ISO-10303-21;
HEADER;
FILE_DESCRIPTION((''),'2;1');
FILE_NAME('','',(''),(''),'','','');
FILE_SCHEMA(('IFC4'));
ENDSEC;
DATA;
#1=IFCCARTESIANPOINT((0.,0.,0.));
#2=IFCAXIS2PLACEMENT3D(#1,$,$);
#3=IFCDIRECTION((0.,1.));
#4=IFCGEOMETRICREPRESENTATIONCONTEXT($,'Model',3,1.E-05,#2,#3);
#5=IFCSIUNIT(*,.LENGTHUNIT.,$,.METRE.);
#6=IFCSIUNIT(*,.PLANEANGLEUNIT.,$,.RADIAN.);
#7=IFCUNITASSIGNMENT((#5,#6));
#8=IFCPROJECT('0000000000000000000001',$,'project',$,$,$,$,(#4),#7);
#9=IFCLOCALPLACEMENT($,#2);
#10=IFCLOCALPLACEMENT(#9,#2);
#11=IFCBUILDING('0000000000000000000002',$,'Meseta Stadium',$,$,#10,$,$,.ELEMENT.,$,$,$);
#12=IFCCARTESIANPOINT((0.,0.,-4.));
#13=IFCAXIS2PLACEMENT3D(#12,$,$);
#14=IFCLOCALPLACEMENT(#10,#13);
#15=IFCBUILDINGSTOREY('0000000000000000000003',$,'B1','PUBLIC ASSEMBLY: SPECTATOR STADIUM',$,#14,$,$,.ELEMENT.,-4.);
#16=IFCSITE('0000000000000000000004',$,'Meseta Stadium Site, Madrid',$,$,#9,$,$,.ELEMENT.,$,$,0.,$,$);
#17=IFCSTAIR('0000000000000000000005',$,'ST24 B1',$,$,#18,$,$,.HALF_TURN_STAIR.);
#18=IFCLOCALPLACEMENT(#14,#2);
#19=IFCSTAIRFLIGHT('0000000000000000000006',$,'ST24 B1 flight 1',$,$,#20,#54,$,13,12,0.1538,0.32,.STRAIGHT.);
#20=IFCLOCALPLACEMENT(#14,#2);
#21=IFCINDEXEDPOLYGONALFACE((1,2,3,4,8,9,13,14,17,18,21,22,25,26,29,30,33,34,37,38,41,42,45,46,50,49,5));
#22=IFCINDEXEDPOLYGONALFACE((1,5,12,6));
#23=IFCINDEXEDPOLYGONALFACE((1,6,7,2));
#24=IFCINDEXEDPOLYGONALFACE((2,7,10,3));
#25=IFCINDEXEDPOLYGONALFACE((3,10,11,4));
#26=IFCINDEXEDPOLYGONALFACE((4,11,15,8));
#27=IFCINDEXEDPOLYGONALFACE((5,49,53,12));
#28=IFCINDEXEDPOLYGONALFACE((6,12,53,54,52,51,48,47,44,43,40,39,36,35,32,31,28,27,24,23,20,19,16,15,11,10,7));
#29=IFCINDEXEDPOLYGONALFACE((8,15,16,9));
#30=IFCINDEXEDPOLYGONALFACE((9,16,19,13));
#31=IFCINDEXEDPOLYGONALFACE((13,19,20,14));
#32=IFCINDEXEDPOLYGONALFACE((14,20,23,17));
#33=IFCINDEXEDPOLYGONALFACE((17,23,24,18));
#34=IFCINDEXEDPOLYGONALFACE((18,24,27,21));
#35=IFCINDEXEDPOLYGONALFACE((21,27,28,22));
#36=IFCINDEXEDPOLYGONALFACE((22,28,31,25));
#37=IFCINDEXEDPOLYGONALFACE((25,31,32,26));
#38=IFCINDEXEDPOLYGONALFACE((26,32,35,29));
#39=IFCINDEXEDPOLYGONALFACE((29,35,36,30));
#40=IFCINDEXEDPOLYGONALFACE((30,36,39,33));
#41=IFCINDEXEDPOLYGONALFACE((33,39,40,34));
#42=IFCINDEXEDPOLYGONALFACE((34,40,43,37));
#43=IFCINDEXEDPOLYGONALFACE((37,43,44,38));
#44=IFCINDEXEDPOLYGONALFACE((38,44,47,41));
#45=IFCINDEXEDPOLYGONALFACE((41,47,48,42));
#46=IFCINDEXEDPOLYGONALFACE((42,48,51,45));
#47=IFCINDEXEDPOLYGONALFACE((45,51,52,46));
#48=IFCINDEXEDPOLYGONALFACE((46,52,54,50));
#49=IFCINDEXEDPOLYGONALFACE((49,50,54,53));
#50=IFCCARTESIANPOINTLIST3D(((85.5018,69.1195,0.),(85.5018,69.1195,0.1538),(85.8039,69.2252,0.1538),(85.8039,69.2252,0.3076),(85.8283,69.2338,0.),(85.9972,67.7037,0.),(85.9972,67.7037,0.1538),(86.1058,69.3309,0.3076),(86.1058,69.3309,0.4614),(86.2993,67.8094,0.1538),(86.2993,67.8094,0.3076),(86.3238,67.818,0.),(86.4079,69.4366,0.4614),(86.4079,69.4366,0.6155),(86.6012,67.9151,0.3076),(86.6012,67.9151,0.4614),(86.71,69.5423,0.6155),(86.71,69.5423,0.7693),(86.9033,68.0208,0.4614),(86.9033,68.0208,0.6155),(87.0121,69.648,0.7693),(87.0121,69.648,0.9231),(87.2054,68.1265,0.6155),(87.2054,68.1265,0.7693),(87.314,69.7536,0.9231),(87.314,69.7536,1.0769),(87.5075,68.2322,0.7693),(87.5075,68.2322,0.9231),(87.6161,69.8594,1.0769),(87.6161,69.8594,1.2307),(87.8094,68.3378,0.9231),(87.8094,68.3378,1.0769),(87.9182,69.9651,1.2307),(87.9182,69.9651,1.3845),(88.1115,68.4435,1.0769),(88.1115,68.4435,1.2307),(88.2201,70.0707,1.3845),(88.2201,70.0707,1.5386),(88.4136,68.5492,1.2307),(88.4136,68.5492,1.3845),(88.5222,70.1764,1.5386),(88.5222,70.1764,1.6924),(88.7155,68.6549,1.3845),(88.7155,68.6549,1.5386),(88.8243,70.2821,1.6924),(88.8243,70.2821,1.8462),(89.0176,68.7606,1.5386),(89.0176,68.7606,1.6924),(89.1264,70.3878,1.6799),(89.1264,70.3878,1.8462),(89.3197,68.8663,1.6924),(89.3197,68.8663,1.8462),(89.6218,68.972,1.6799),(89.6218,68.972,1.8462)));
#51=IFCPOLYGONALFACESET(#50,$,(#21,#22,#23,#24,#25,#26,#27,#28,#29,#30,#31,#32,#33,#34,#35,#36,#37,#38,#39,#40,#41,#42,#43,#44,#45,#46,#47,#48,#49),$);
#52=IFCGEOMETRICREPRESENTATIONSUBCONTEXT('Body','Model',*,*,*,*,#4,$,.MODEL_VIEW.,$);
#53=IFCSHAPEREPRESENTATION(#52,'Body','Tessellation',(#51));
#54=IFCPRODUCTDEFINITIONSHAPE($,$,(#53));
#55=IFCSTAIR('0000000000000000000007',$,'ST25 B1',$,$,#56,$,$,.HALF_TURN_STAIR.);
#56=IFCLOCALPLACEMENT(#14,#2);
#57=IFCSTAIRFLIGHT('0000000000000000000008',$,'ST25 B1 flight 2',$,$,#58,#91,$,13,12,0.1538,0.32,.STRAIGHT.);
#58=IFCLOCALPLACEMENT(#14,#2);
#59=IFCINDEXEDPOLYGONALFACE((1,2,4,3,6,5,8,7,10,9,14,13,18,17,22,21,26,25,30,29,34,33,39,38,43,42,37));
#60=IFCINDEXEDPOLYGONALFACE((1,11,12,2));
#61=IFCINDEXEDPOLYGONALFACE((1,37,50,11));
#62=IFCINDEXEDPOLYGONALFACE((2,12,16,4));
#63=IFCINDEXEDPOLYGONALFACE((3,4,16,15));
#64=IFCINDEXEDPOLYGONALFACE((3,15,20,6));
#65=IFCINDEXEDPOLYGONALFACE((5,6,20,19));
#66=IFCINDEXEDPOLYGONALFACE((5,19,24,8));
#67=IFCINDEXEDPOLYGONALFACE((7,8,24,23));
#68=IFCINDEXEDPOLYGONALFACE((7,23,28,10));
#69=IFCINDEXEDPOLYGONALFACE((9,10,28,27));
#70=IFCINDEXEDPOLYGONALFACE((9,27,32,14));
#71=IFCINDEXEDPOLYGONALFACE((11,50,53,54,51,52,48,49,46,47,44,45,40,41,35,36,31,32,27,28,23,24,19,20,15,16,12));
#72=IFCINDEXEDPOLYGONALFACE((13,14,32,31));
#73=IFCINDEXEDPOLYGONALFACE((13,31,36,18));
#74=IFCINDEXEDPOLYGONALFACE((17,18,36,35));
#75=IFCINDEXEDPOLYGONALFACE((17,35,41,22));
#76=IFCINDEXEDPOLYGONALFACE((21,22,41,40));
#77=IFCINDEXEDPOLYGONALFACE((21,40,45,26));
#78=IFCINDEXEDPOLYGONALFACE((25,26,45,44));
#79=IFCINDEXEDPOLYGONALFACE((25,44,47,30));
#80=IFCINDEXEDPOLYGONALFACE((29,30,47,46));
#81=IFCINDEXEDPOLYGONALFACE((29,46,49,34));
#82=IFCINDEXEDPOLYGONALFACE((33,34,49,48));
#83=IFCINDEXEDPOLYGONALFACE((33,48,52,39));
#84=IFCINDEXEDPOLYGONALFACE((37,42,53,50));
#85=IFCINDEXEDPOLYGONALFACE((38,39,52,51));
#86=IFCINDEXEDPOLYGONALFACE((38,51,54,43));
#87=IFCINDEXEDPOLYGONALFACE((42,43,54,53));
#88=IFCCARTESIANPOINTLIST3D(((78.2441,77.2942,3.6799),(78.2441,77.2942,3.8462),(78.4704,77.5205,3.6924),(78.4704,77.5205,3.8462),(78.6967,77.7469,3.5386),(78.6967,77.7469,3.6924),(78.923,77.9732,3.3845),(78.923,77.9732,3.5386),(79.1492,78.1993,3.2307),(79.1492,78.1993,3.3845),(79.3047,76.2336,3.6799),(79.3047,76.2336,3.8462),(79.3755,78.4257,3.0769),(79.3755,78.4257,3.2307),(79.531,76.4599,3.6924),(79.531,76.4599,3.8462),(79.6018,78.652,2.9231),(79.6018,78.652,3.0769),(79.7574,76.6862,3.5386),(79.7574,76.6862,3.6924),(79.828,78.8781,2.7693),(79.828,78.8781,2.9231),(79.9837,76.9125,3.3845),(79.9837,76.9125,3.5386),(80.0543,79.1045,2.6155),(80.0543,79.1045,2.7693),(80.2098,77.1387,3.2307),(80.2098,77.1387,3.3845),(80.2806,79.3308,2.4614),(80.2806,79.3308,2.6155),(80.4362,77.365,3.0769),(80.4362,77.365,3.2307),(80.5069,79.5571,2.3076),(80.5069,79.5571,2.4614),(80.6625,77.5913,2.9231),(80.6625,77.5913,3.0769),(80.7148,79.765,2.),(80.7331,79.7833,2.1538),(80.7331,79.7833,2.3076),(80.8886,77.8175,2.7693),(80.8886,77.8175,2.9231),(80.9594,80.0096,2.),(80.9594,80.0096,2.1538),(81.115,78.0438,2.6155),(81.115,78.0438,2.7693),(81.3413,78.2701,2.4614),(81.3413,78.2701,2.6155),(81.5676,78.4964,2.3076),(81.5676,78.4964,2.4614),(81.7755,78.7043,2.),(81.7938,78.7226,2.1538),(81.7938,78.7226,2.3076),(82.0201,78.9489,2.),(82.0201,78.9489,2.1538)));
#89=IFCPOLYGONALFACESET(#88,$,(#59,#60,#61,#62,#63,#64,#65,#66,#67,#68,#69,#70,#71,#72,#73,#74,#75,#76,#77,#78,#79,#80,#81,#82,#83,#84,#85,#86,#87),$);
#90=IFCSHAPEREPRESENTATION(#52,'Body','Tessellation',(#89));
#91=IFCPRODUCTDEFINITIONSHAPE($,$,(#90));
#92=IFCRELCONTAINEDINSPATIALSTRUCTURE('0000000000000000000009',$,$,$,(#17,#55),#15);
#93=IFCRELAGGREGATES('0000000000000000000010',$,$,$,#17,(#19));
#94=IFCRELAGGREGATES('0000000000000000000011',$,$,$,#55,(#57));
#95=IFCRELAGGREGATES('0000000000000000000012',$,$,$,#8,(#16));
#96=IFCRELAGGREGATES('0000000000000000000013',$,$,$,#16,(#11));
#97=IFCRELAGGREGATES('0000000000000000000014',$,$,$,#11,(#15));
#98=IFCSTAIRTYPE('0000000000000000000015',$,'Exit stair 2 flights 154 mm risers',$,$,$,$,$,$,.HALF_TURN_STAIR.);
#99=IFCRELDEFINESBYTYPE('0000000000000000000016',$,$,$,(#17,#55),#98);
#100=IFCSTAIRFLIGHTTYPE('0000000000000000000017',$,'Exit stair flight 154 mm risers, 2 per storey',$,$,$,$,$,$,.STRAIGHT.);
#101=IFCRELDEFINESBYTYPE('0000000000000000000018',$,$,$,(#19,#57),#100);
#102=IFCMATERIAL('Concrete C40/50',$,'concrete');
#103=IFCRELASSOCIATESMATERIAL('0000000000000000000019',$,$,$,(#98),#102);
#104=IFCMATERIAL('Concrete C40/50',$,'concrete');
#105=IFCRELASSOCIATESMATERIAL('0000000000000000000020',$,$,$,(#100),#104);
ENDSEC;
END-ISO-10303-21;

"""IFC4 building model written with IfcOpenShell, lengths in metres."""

from ifc_helpers import new_model, si_unit, direction, frame, origin, place, context, subcontext, project, spatial, polyline, outline, extrude, material, type_object, element, aggregate, save


model = new_model("IFC4")

# Units and contexts
model_context = context("Model", 3, precision=1e-05, world=origin(), true_north=direction((0.0, 1.0)))
body_context = subcontext(model_context, "Body", "Model", "MODEL_VIEW")
ifc_project = project(units=[si_unit("LENGTHUNIT", "METRE"), si_unit("PLANEANGLEUNIT", "RADIAN")], contexts=[model_context])

# Site, building, storey
site_placement = place(None, origin())
site = spatial("IfcSite", under=ifc_project, at=site_placement, Name="Meseta Stadium Site, Madrid", CompositionType="ELEMENT", RefElevation=0.0)
building_placement = place(site_placement, origin())
building = spatial("IfcBuilding", under=site, at=building_placement, Name="Meseta Stadium", CompositionType="ELEMENT")
storey_placement = place(building_placement, frame((0.0, 0.0, -4.0)))
storey = spatial("IfcBuildingStorey", under=building, at=storey_placement, Name="B1", Description="PUBLIC ASSEMBLY: SPECTATOR STADIUM", CompositionType="ELEMENT", Elevation=-4.0)

# Stairs, stair flights
ifc_material_1 = material(Name="Concrete C40/50", Category="concrete")
stair_type = type_object("IfcStairType", Name="Exit stair 2 flights 154 mm risers", PredefinedType="HALF_TURN_STAIR", material=ifc_material_1)
stair_1_placement = place(storey_placement, origin())
stair_1 = element("IfcStair", 1, at=stair_1_placement, inside=storey, type_object=stair_type, Name="ST24 B1", PredefinedType="HALF_TURN_STAIR")
ifc_material_2 = material(Name="Concrete C40/50", Category="concrete")
stair_flight_type = type_object("IfcStairFlightType", Name="Exit stair flight 154 mm risers, 2 per storey", PredefinedType="STRAIGHT", material=ifc_material_2)
stair_flight_1_placement = place(storey_placement, frame((85.7495, 68.4116, 0.0), z_axis=(0.0, 0.0, 1.0), x_axis=(0.943883, 0.330279, 0.0)))
stair_flight_1 = element("IfcStairFlight", 2, at=stair_flight_1_placement, type_object=stair_flight_type, Name="ST24 B1 flight 1", NumberOfRisers=13, NumberOfTreads=12, PredefinedType="STRAIGHT", RiserHeight=0.1538, TreadLength=0.32, context=body_context, shape_type="SweptSolid", body=[
    extrude(outline(polyline([(0.0, 0.0), (0.0, 0.1538), (0.3201, 0.1538), (0.3201, 0.3076), (0.6399, 0.3076), (0.6399, 0.4614), (0.96, 0.4614), (0.96, 0.6155), (1.28, 0.6155), (1.28, 0.7693), (1.6001, 0.7693), (1.6001, 0.9231), (1.9199, 0.9231), (1.9199, 1.0769), (2.24, 1.0769), (2.24, 1.2307), (2.5601, 1.2307), (2.5601, 1.3845), (2.8799, 1.3845), (2.8799, 1.5386), (3.2, 1.5386), (3.2, 1.6924), (3.52, 1.6924), (3.52, 1.8462), (3.8401, 1.8462), (3.8401, 1.6799), (0.3459, 0.0), (0.0, 0.0)])), frame((0.0, 0.75, 0.0), z_axis=(0.0, -1.0, 0.0), x_axis=(1.0, 0.0, 0.0)), (0.0, 0.0, 1.0), 1.5),
])
aggregate(stair_1, [stair_flight_1])
stair_2_placement = place(storey_placement, origin())
stair_2 = element("IfcStair", 3, at=stair_2_placement, inside=storey, type_object=stair_type, Name="ST25 B1", PredefinedType="HALF_TURN_STAIR")
stair_flight_2_placement = place(storey_placement, frame((81.4897, 79.4792, 2.0), z_axis=(0.0, 0.0, 1.0), x_axis=(-0.707107, -0.707107, 0.0)))
stair_flight_2 = element("IfcStairFlight", 4, at=stair_flight_2_placement, type_object=stair_flight_type, Name="ST25 B1 flight 2", NumberOfRisers=13, NumberOfTreads=12, PredefinedType="STRAIGHT", RiserHeight=0.1538, TreadLength=0.32, context=body_context, shape_type="SweptSolid", body=[
    extrude(outline(polyline([(0.0, 0.0), (0.0, 0.1538), (0.3201, 0.1538), (0.3201, 0.3076), (0.6399, 0.3076), (0.6399, 0.4614), (0.96, 0.4614), (0.96, 0.6155), (1.28, 0.6155), (1.28, 0.7693), (1.6001, 0.7693), (1.6001, 0.9231), (1.9199, 0.9231), (1.9199, 1.0769), (2.24, 1.0769), (2.24, 1.2307), (2.5601, 1.2307), (2.5601, 1.3845), (2.8799, 1.3845), (2.8799, 1.5386), (3.2, 1.5386), (3.2, 1.6924), (3.52, 1.6924), (3.52, 1.8462), (3.8401, 1.8462), (3.8401, 1.6799), (0.3459, 0.0), (0.0, 0.0)])), frame((0.0, 0.75, 0.0), z_axis=(0.0, -1.0, 0.0), x_axis=(1.0, 0.0, 0.0)), (0.0, 0.0, 1.0), 1.5),
])
aggregate(stair_2, [stair_flight_2])

save(model, "model.ifc")
